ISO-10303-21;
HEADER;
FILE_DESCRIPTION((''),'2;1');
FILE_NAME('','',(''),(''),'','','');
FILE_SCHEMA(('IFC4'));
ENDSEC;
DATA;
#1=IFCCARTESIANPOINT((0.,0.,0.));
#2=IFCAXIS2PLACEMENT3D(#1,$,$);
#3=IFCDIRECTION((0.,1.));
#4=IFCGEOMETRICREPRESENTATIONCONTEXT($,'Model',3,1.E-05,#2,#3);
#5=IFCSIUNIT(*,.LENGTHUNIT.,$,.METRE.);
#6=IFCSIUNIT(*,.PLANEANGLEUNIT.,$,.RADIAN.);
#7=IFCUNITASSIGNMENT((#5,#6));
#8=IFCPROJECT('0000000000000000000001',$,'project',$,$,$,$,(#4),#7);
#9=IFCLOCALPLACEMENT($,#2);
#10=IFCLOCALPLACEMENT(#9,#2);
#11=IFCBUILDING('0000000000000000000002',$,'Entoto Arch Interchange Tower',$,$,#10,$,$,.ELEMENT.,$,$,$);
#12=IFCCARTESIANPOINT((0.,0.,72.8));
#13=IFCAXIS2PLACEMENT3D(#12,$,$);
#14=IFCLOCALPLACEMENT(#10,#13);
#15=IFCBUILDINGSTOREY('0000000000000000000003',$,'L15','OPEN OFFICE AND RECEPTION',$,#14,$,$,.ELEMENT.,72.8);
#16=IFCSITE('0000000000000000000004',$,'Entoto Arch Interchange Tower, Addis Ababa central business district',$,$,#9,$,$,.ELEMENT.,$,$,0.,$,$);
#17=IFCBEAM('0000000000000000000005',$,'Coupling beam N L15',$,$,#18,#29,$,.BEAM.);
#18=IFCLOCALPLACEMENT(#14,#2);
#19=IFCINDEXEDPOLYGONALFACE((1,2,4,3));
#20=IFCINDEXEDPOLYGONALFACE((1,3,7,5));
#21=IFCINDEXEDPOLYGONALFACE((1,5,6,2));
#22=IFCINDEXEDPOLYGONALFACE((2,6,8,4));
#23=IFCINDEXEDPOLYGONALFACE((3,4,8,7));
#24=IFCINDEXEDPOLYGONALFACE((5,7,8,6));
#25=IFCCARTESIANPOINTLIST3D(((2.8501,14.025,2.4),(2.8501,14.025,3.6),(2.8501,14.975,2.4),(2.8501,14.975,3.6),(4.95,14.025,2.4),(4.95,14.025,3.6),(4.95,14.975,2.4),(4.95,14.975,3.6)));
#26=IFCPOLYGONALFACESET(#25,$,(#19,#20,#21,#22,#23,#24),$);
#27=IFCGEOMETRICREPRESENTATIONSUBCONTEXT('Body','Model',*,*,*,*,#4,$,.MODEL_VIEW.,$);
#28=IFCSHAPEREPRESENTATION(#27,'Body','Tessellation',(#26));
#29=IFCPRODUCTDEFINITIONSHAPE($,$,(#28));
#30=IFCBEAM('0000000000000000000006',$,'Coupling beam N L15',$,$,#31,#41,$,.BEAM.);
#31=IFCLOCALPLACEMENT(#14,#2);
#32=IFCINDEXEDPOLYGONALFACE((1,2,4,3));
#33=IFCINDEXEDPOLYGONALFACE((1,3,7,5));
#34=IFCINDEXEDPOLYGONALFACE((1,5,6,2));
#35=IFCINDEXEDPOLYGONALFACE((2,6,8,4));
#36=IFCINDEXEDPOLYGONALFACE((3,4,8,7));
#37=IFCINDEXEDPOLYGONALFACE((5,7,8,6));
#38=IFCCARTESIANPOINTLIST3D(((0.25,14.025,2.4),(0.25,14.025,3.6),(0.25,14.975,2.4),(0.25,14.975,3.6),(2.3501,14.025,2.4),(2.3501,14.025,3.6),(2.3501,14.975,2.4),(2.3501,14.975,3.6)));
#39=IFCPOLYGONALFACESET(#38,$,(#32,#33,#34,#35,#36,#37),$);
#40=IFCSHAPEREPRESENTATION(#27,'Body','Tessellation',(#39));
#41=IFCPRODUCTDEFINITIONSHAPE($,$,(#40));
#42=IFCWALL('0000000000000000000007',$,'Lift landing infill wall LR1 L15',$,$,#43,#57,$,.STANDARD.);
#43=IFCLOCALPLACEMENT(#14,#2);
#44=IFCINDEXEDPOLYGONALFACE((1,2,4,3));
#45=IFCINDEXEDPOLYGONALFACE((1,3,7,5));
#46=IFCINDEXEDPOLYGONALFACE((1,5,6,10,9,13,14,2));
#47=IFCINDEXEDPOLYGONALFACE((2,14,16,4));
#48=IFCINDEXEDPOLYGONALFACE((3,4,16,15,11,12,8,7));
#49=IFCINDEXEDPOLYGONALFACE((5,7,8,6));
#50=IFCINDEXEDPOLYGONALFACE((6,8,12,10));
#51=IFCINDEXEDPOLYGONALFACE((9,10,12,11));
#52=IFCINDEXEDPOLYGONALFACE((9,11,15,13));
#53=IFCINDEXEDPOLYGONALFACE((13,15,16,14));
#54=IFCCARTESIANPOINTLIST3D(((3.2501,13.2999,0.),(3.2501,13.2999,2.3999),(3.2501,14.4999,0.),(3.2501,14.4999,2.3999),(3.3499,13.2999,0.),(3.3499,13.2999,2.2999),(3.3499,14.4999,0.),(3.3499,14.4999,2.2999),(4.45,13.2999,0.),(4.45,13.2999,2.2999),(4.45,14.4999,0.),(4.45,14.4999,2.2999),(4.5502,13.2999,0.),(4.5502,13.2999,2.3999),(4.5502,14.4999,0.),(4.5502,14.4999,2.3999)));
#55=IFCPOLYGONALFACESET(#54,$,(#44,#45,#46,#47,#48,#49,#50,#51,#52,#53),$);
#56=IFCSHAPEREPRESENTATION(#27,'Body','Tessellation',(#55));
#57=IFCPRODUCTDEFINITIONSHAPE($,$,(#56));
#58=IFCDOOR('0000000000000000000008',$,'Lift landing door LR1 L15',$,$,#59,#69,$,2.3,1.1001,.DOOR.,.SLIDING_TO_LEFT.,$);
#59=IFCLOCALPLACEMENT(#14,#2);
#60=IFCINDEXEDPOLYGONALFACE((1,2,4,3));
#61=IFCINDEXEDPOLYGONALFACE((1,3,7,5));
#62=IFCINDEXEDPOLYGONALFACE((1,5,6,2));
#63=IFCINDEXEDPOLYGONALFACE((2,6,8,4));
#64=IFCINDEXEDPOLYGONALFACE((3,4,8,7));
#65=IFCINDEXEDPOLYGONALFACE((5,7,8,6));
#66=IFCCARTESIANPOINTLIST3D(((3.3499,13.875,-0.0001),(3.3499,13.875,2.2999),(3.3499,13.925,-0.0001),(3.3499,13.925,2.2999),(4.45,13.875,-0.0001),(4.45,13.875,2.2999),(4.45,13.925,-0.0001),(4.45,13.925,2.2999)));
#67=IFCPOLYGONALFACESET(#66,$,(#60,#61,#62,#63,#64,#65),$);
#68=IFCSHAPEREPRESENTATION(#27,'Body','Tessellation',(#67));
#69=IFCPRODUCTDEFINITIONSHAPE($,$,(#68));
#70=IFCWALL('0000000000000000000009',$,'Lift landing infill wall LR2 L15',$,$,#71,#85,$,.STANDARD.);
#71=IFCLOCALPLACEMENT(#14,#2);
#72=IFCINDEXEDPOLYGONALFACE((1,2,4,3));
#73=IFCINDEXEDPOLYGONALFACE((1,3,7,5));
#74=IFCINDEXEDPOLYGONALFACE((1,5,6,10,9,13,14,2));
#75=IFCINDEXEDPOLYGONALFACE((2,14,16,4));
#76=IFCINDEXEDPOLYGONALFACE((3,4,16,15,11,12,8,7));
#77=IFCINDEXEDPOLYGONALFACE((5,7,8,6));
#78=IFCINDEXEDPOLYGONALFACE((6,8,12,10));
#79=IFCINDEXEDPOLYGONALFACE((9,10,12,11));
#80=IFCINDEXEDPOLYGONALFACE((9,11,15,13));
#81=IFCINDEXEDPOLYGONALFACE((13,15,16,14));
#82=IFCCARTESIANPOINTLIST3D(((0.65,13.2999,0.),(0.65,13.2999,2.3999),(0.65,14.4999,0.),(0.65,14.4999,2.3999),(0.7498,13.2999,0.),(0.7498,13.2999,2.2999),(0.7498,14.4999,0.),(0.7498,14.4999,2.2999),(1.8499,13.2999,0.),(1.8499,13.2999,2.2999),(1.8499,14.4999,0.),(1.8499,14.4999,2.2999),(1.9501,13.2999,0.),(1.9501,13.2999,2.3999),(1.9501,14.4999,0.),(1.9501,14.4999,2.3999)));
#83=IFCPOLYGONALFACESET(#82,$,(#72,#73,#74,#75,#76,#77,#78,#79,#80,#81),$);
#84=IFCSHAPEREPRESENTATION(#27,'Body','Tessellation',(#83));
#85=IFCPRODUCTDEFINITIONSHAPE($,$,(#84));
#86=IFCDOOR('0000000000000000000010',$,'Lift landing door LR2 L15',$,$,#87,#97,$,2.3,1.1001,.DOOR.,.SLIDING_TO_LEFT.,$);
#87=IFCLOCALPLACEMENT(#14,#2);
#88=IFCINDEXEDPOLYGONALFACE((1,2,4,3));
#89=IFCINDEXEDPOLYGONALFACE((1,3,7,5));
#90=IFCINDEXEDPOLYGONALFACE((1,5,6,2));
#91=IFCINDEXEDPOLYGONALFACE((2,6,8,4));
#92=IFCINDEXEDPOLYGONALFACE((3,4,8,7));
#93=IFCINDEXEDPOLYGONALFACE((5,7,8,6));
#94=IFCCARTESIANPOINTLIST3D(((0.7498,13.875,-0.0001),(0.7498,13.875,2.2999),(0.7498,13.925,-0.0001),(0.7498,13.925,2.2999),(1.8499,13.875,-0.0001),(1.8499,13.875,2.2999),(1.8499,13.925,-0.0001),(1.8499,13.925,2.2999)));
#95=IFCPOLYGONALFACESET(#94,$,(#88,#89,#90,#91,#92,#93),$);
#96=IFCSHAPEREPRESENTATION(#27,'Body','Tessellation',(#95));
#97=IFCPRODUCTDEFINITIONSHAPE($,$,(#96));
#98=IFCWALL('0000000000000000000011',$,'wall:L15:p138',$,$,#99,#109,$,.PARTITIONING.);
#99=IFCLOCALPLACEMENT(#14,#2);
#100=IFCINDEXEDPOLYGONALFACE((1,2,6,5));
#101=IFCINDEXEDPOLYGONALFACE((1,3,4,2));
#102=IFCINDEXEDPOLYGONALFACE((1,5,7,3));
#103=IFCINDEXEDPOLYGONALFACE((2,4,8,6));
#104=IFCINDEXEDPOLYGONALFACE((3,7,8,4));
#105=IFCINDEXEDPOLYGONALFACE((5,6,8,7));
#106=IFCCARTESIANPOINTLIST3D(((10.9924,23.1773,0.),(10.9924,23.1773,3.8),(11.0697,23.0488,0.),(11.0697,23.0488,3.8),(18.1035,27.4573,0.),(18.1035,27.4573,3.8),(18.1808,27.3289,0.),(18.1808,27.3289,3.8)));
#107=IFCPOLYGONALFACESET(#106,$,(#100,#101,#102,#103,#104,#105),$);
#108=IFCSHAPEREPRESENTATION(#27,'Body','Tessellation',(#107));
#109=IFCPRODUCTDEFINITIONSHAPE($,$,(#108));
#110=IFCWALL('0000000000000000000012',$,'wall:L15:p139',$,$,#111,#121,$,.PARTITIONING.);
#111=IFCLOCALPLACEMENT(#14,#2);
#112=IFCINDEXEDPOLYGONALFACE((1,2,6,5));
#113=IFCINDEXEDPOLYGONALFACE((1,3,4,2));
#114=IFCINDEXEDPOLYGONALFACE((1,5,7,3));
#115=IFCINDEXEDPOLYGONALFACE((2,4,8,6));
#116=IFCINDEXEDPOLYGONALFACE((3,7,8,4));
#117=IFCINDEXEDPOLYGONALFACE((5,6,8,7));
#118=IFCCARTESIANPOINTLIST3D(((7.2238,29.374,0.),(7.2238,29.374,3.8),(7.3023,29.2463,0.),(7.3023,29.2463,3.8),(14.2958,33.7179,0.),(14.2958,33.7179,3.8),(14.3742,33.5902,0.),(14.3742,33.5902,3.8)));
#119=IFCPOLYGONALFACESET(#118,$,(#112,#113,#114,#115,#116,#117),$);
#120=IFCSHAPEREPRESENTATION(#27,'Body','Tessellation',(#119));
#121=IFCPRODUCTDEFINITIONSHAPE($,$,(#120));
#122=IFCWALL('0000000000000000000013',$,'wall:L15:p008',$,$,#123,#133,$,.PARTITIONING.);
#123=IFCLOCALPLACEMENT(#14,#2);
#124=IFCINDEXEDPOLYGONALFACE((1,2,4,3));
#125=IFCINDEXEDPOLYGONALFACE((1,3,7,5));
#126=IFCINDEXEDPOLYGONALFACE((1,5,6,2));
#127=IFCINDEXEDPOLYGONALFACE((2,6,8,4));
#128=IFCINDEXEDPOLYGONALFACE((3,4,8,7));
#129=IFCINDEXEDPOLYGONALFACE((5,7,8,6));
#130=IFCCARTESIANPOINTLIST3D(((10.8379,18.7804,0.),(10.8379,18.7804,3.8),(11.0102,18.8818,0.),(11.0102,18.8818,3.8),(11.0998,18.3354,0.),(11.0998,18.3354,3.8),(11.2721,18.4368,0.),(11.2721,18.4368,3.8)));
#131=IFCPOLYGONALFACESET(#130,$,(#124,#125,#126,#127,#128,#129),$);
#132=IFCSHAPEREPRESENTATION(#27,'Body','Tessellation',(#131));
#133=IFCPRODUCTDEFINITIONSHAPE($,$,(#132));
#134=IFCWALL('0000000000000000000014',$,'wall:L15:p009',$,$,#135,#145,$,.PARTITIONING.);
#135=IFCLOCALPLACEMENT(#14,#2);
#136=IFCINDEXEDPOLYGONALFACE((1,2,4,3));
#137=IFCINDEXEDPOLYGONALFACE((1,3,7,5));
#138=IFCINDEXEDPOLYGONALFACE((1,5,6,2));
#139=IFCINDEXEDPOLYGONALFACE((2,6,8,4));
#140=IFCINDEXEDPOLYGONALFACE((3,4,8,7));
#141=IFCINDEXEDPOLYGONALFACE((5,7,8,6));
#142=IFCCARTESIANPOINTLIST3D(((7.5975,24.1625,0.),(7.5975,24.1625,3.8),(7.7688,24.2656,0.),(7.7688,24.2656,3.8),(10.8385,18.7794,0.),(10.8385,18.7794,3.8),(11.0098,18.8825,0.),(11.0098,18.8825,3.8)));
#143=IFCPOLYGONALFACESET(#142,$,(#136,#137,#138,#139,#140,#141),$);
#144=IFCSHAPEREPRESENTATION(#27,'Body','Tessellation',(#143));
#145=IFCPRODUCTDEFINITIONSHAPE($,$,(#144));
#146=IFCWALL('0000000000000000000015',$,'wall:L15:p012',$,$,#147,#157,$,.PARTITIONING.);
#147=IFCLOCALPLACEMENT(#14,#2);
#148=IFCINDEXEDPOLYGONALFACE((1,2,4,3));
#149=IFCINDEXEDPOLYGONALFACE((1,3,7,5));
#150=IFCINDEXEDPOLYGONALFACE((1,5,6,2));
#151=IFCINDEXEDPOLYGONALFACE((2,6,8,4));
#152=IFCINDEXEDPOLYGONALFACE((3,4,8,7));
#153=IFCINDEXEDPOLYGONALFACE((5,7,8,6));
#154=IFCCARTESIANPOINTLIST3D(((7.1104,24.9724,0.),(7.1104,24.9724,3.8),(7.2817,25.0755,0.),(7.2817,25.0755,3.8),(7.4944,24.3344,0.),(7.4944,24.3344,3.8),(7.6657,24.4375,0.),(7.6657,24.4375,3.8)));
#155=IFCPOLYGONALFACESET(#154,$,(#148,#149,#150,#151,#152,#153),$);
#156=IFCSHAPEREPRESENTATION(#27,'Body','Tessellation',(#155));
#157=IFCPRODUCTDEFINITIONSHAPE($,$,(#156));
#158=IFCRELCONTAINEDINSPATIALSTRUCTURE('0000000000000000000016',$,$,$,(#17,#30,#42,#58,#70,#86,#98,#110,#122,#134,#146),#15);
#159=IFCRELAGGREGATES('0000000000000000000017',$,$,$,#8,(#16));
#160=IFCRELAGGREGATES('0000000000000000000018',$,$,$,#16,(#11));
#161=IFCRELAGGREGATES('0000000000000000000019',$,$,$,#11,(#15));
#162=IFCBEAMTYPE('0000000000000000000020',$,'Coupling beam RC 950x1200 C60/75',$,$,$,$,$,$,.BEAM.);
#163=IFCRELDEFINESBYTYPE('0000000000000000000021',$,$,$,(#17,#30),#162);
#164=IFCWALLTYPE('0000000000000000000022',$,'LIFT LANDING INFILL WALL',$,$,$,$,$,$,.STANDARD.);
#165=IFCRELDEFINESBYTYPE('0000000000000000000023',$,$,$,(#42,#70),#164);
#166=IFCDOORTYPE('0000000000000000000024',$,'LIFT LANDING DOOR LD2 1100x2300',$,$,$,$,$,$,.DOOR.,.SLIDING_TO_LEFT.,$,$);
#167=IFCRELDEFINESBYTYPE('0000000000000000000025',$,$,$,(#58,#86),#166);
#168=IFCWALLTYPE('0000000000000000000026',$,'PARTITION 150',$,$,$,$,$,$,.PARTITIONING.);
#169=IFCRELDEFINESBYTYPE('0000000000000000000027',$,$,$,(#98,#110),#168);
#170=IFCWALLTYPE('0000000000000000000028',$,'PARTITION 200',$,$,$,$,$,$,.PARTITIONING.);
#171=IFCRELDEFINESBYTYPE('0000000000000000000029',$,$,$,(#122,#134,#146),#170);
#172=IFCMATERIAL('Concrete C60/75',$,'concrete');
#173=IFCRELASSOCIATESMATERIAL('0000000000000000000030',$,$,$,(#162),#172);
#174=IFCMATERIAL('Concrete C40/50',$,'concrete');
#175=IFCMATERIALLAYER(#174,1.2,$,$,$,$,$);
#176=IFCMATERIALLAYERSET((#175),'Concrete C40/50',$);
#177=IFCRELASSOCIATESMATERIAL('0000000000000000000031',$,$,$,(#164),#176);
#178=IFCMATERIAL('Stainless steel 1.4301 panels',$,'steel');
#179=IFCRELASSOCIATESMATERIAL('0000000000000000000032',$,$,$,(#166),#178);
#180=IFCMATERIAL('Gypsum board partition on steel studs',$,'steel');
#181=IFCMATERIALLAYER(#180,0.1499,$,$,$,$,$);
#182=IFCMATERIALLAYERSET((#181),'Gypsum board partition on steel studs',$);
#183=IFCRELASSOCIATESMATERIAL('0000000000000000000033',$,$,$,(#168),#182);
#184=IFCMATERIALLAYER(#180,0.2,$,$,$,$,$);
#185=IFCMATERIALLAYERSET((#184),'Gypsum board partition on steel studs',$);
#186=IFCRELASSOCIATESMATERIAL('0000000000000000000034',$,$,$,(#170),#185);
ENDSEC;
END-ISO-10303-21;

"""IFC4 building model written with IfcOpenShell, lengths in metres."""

from ifc_helpers import new_model, si_unit, direction, frame, frame_2d, origin, origin_2d, place, context, subcontext, project, spatial, rectangle, extrude, material, layer, layer_set, material_profile, profile_set, type_object, element, fill, save


model = new_model("IFC4")

# Units and contexts
model_context = context("Model", 3, precision=1e-05, world=origin(), true_north=direction((0.0, 1.0)))
body_context = subcontext(model_context, "Body", "Model", "MODEL_VIEW")
ifc_project = project(units=[si_unit("LENGTHUNIT", "METRE"), si_unit("PLANEANGLEUNIT", "RADIAN")], contexts=[model_context])

# Site, building, storey
site_placement = place(None, origin())
site = spatial("IfcSite", under=ifc_project, at=site_placement, Name="Entoto Arch Interchange Tower, Addis Ababa central business district", CompositionType="ELEMENT", RefElevation=0.0)
building_placement = place(site_placement, origin())
building = spatial("IfcBuilding", under=site, at=building_placement, Name="Entoto Arch Interchange Tower", CompositionType="ELEMENT")
storey_placement = place(building_placement, frame((0.0, 0.0, 72.8)))
storey = spatial("IfcBuildingStorey", under=building, at=storey_placement, Name="L15", Description="OPEN OFFICE AND RECEPTION", CompositionType="ELEMENT", Elevation=72.8)

# Beams
ifc_material_1 = material(Name="Concrete C60/75", Category="concrete")
ifc_material_profile = material_profile(ifc_material_1, rectangle(XDim=0.95, YDim=1.2, at=origin_2d()))
ifc_profile_set = profile_set([ifc_material_profile], Name="Concrete C60/75")
beam_type = type_object("IfcBeamType", Name="Coupling beam RC 950x1200 C60/75", PredefinedType="BEAM", material=ifc_profile_set)
beam_1_placement = place(storey_placement, frame((4.95, 14.5, 3.0), z_axis=(-1.0, 0.0, 0.0), x_axis=(0.0, -1.0, 0.0)))
element("IfcBeam", 1, at=beam_1_placement, inside=storey, type_object=beam_type, Name="Coupling beam N L15", PredefinedType="BEAM", context=body_context, shape_type="SweptSolid", body=[
    extrude(rectangle(XDim=0.95, YDim=1.2, at=origin_2d()), origin(), (0.0, 0.0, 1.0), 2.0999),
])
beam_2_placement = place(storey_placement, frame((2.3501, 14.5, 3.0), z_axis=(-1.0, 0.0, 0.0), x_axis=(0.0, -1.0, 0.0)))
element("IfcBeam", 2, at=beam_2_placement, inside=storey, type_object=beam_type, Name="Coupling beam N L15", PredefinedType="BEAM", context=body_context, shape_type="SweptSolid", body=[
    extrude(rectangle(XDim=0.95, YDim=1.2, at=origin_2d()), origin(), (0.0, 0.0, 1.0), 2.1001),
])

# Walls, openings, doors
ifc_material_2 = material(Name="Concrete C40/50", Category="concrete")
ifc_layer_1 = layer(ifc_material_2, 1.2)
ifc_layer_set_1 = layer_set([ifc_layer_1], Name="Concrete C40/50")
wall_type_1 = type_object("IfcWallType", Name="LIFT LANDING INFILL WALL", PredefinedType="STANDARD", material=ifc_layer_set_1)
wall_1_placement = place(storey_placement, frame((4.55, 13.8999, 0.0), z_axis=(0.0, 0.0, 1.0), x_axis=(-1.0, 0.0, 0.0)))
wall_1 = element("IfcWall", 3, at=wall_1_placement, inside=storey, type_object=wall_type_1, Name="Lift landing infill wall LR1 L15", PredefinedType="STANDARD", context=body_context, shape_type="SweptSolid", body=[
    extrude(rectangle(XDim=1.3, YDim=1.2, at=frame_2d((0.6499, 0.0))), origin(), (0.0, 0.0, 1.0), 2.3999),
])
opening_1_placement = place(wall_1_placement, frame((0.1001, 0.0, 0.0)))
opening_1 = element("IfcOpeningElement", 4, at=opening_1_placement, cuts=wall_1, PredefinedType="OPENING", context=body_context, shape_type="SweptSolid", body=[
    extrude(rectangle(XDim=1.1001, YDim=2.3, at=frame_2d((0.55, 1.1499))), frame((0.0, 0.6099, 0.0), z_axis=(0.0, -1.0, 0.0), x_axis=(1.0, 0.0, 0.0)), (0.0, 0.0, 1.0), 1.22),
])
ifc_material_3 = material(Name="Stainless steel 1.4301 panels", Category="steel")
door_type_1 = type_object("IfcDoorType", Name="LIFT LANDING DOOR LD2 1100x2300", OperationType="SLIDING_TO_LEFT", PredefinedType="DOOR", material=ifc_material_3)
door_1_placement = place(opening_1_placement, origin())
door_1 = element("IfcDoor", 5, at=door_1_placement, inside=storey, type_object=door_type_1, Name="Lift landing door LR1 L15", OperationType="SLIDING_TO_LEFT", OverallHeight=2.3, OverallWidth=1.1001, PredefinedType="DOOR", context=body_context, shape_type="SweptSolid", body=[
    extrude(rectangle(XDim=1.1001, YDim=2.3, at=frame_2d((0.55, 1.1499))), frame((0.0, 0.0249, 0.0), z_axis=(0.0, -1.0, 0.0), x_axis=(1.0, 0.0, 0.0)), (0.0, 0.0, 1.0), 0.05),
])
fill(opening_1, door_1)
wall_2_placement = place(storey_placement, frame((1.95, 13.8999, 0.0), z_axis=(0.0, 0.0, 1.0), x_axis=(-1.0, 0.0, 0.0)))
wall_2 = element("IfcWall", 6, at=wall_2_placement, inside=storey, type_object=wall_type_1, Name="Lift landing infill wall LR2 L15", PredefinedType="STANDARD", context=body_context, shape_type="SweptSolid", body=[
    extrude(rectangle(XDim=1.3, YDim=1.2, at=frame_2d((0.6499, 0.0))), origin(), (0.0, 0.0, 1.0), 2.3999),
])
opening_2_placement = place(wall_2_placement, frame((0.1001, 0.0, 0.0)))
opening_2 = element("IfcOpeningElement", 7, at=opening_2_placement, cuts=wall_2, PredefinedType="OPENING", context=body_context, shape_type="SweptSolid", body=[
    extrude(rectangle(XDim=1.1001, YDim=2.3, at=frame_2d((0.55, 1.1499))), frame((0.0, 0.6099, 0.0), z_axis=(0.0, -1.0, 0.0), x_axis=(1.0, 0.0, 0.0)), (0.0, 0.0, 1.0), 1.22),
])
door_2_placement = place(opening_2_placement, origin())
door_2 = element("IfcDoor", 8, at=door_2_placement, inside=storey, type_object=door_type_1, Name="Lift landing door LR2 L15", OperationType="SLIDING_TO_LEFT", OverallHeight=2.3, OverallWidth=1.1001, PredefinedType="DOOR", context=body_context, shape_type="SweptSolid", body=[
    extrude(rectangle(XDim=1.1001, YDim=2.3, at=frame_2d((0.55, 1.1499))), frame((0.0, 0.0249, 0.0), z_axis=(0.0, -1.0, 0.0), x_axis=(1.0, 0.0, 0.0)), (0.0, 0.0, 1.0), 0.05),
])
fill(opening_2, door_2)

# Walls
ifc_material_4 = material(Name="Gypsum board partition on steel studs", Category="steel")
ifc_layer_2 = layer(ifc_material_4, 0.1499)
ifc_layer_set_2 = layer_set([ifc_layer_2], Name="Gypsum board partition on steel studs")
wall_type_2 = type_object("IfcWallType", Name="PARTITION 150", PredefinedType="PARTITIONING", material=ifc_layer_set_2)
wall_3_placement = place(storey_placement, frame((11.031, 23.113, 0.0), z_axis=(0.0, 0.0, 1.0), x_axis=(0.856781, 0.515681, 0.0)))
element("IfcWall", 9, at=wall_3_placement, inside=storey, type_object=wall_type_2, Name="wall:L15:p138", PredefinedType="PARTITIONING", context=body_context, shape_type="SweptSolid", body=[
    extrude(rectangle(XDim=8.2998, YDim=0.1499, at=frame_2d((4.1499, 0.0))), origin(), (0.0, 0.0, 1.0), 3.8),
])
wall_4_placement = place(storey_placement, frame((7.2629, 29.3101, 0.0), z_axis=(0.0, 0.0, 1.0), x_axis=(0.852089, 0.523396, 0.0)))
element("IfcWall", 10, at=wall_4_placement, inside=storey, type_object=wall_type_2, Name="wall:L15:p139", PredefinedType="PARTITIONING", context=body_context, shape_type="SweptSolid", body=[
    extrude(rectangle(XDim=8.2996, YDim=0.1499, at=frame_2d((4.1499, 0.0))), origin(), (0.0, 0.0, 1.0), 3.8),
])
ifc_layer_3 = layer(ifc_material_4, 0.2)
ifc_layer_set_3 = layer_set([ifc_layer_3], Name="Gypsum board partition on steel studs")
wall_type_3 = type_object("IfcWallType", Name="PARTITION 200", PredefinedType="PARTITIONING", material=ifc_layer_set_3)
wall_5_placement = place(storey_placement, frame((11.186, 18.386, 0.0), z_axis=(0.0, 0.0, 1.0), x_axis=(-0.507247, 0.861801, 0.0)))
element("IfcWall", 11, at=wall_5_placement, inside=storey, type_object=wall_type_3, Name="wall:L15:p008", PredefinedType="PARTITIONING", context=body_context, shape_type="SweptSolid", body=[
    extrude(rectangle(XDim=0.5164, YDim=0.2, at=frame_2d((0.2583, 0.0))), origin(), (0.0, 0.0, 1.0), 3.8),
])
wall_6_placement = place(storey_placement, frame((10.9241, 18.8311, 0.0), z_axis=(0.0, 0.0, 1.0), x_axis=(-0.515798, 0.85671, 0.0)))
element("IfcWall", 12, at=wall_6_placement, inside=storey, type_object=wall_type_3, Name="wall:L15:p009", PredefinedType="PARTITIONING", context=body_context, shape_type="SweptSolid", body=[
    extrude(rectangle(XDim=6.2834, YDim=0.2, at=frame_2d((3.1416, 0.0))), origin(), (0.0, 0.0, 1.0), 3.8),
])
wall_7_placement = place(storey_placement, frame((7.5801, 24.386, 0.0), z_axis=(0.0, 0.0, 1.0), x_axis=(-0.515749, 0.85674, 0.0)))
element("IfcWall", 13, at=wall_7_placement, inside=storey, type_object=wall_type_3, Name="wall:L15:p012", PredefinedType="PARTITIONING", context=body_context, shape_type="SweptSolid", body=[
    extrude(rectangle(XDim=0.7446, YDim=0.2, at=frame_2d((0.3723, 0.0))), origin(), (0.0, 0.0, 1.0), 3.8),
])

save(model, "model.ifc")
